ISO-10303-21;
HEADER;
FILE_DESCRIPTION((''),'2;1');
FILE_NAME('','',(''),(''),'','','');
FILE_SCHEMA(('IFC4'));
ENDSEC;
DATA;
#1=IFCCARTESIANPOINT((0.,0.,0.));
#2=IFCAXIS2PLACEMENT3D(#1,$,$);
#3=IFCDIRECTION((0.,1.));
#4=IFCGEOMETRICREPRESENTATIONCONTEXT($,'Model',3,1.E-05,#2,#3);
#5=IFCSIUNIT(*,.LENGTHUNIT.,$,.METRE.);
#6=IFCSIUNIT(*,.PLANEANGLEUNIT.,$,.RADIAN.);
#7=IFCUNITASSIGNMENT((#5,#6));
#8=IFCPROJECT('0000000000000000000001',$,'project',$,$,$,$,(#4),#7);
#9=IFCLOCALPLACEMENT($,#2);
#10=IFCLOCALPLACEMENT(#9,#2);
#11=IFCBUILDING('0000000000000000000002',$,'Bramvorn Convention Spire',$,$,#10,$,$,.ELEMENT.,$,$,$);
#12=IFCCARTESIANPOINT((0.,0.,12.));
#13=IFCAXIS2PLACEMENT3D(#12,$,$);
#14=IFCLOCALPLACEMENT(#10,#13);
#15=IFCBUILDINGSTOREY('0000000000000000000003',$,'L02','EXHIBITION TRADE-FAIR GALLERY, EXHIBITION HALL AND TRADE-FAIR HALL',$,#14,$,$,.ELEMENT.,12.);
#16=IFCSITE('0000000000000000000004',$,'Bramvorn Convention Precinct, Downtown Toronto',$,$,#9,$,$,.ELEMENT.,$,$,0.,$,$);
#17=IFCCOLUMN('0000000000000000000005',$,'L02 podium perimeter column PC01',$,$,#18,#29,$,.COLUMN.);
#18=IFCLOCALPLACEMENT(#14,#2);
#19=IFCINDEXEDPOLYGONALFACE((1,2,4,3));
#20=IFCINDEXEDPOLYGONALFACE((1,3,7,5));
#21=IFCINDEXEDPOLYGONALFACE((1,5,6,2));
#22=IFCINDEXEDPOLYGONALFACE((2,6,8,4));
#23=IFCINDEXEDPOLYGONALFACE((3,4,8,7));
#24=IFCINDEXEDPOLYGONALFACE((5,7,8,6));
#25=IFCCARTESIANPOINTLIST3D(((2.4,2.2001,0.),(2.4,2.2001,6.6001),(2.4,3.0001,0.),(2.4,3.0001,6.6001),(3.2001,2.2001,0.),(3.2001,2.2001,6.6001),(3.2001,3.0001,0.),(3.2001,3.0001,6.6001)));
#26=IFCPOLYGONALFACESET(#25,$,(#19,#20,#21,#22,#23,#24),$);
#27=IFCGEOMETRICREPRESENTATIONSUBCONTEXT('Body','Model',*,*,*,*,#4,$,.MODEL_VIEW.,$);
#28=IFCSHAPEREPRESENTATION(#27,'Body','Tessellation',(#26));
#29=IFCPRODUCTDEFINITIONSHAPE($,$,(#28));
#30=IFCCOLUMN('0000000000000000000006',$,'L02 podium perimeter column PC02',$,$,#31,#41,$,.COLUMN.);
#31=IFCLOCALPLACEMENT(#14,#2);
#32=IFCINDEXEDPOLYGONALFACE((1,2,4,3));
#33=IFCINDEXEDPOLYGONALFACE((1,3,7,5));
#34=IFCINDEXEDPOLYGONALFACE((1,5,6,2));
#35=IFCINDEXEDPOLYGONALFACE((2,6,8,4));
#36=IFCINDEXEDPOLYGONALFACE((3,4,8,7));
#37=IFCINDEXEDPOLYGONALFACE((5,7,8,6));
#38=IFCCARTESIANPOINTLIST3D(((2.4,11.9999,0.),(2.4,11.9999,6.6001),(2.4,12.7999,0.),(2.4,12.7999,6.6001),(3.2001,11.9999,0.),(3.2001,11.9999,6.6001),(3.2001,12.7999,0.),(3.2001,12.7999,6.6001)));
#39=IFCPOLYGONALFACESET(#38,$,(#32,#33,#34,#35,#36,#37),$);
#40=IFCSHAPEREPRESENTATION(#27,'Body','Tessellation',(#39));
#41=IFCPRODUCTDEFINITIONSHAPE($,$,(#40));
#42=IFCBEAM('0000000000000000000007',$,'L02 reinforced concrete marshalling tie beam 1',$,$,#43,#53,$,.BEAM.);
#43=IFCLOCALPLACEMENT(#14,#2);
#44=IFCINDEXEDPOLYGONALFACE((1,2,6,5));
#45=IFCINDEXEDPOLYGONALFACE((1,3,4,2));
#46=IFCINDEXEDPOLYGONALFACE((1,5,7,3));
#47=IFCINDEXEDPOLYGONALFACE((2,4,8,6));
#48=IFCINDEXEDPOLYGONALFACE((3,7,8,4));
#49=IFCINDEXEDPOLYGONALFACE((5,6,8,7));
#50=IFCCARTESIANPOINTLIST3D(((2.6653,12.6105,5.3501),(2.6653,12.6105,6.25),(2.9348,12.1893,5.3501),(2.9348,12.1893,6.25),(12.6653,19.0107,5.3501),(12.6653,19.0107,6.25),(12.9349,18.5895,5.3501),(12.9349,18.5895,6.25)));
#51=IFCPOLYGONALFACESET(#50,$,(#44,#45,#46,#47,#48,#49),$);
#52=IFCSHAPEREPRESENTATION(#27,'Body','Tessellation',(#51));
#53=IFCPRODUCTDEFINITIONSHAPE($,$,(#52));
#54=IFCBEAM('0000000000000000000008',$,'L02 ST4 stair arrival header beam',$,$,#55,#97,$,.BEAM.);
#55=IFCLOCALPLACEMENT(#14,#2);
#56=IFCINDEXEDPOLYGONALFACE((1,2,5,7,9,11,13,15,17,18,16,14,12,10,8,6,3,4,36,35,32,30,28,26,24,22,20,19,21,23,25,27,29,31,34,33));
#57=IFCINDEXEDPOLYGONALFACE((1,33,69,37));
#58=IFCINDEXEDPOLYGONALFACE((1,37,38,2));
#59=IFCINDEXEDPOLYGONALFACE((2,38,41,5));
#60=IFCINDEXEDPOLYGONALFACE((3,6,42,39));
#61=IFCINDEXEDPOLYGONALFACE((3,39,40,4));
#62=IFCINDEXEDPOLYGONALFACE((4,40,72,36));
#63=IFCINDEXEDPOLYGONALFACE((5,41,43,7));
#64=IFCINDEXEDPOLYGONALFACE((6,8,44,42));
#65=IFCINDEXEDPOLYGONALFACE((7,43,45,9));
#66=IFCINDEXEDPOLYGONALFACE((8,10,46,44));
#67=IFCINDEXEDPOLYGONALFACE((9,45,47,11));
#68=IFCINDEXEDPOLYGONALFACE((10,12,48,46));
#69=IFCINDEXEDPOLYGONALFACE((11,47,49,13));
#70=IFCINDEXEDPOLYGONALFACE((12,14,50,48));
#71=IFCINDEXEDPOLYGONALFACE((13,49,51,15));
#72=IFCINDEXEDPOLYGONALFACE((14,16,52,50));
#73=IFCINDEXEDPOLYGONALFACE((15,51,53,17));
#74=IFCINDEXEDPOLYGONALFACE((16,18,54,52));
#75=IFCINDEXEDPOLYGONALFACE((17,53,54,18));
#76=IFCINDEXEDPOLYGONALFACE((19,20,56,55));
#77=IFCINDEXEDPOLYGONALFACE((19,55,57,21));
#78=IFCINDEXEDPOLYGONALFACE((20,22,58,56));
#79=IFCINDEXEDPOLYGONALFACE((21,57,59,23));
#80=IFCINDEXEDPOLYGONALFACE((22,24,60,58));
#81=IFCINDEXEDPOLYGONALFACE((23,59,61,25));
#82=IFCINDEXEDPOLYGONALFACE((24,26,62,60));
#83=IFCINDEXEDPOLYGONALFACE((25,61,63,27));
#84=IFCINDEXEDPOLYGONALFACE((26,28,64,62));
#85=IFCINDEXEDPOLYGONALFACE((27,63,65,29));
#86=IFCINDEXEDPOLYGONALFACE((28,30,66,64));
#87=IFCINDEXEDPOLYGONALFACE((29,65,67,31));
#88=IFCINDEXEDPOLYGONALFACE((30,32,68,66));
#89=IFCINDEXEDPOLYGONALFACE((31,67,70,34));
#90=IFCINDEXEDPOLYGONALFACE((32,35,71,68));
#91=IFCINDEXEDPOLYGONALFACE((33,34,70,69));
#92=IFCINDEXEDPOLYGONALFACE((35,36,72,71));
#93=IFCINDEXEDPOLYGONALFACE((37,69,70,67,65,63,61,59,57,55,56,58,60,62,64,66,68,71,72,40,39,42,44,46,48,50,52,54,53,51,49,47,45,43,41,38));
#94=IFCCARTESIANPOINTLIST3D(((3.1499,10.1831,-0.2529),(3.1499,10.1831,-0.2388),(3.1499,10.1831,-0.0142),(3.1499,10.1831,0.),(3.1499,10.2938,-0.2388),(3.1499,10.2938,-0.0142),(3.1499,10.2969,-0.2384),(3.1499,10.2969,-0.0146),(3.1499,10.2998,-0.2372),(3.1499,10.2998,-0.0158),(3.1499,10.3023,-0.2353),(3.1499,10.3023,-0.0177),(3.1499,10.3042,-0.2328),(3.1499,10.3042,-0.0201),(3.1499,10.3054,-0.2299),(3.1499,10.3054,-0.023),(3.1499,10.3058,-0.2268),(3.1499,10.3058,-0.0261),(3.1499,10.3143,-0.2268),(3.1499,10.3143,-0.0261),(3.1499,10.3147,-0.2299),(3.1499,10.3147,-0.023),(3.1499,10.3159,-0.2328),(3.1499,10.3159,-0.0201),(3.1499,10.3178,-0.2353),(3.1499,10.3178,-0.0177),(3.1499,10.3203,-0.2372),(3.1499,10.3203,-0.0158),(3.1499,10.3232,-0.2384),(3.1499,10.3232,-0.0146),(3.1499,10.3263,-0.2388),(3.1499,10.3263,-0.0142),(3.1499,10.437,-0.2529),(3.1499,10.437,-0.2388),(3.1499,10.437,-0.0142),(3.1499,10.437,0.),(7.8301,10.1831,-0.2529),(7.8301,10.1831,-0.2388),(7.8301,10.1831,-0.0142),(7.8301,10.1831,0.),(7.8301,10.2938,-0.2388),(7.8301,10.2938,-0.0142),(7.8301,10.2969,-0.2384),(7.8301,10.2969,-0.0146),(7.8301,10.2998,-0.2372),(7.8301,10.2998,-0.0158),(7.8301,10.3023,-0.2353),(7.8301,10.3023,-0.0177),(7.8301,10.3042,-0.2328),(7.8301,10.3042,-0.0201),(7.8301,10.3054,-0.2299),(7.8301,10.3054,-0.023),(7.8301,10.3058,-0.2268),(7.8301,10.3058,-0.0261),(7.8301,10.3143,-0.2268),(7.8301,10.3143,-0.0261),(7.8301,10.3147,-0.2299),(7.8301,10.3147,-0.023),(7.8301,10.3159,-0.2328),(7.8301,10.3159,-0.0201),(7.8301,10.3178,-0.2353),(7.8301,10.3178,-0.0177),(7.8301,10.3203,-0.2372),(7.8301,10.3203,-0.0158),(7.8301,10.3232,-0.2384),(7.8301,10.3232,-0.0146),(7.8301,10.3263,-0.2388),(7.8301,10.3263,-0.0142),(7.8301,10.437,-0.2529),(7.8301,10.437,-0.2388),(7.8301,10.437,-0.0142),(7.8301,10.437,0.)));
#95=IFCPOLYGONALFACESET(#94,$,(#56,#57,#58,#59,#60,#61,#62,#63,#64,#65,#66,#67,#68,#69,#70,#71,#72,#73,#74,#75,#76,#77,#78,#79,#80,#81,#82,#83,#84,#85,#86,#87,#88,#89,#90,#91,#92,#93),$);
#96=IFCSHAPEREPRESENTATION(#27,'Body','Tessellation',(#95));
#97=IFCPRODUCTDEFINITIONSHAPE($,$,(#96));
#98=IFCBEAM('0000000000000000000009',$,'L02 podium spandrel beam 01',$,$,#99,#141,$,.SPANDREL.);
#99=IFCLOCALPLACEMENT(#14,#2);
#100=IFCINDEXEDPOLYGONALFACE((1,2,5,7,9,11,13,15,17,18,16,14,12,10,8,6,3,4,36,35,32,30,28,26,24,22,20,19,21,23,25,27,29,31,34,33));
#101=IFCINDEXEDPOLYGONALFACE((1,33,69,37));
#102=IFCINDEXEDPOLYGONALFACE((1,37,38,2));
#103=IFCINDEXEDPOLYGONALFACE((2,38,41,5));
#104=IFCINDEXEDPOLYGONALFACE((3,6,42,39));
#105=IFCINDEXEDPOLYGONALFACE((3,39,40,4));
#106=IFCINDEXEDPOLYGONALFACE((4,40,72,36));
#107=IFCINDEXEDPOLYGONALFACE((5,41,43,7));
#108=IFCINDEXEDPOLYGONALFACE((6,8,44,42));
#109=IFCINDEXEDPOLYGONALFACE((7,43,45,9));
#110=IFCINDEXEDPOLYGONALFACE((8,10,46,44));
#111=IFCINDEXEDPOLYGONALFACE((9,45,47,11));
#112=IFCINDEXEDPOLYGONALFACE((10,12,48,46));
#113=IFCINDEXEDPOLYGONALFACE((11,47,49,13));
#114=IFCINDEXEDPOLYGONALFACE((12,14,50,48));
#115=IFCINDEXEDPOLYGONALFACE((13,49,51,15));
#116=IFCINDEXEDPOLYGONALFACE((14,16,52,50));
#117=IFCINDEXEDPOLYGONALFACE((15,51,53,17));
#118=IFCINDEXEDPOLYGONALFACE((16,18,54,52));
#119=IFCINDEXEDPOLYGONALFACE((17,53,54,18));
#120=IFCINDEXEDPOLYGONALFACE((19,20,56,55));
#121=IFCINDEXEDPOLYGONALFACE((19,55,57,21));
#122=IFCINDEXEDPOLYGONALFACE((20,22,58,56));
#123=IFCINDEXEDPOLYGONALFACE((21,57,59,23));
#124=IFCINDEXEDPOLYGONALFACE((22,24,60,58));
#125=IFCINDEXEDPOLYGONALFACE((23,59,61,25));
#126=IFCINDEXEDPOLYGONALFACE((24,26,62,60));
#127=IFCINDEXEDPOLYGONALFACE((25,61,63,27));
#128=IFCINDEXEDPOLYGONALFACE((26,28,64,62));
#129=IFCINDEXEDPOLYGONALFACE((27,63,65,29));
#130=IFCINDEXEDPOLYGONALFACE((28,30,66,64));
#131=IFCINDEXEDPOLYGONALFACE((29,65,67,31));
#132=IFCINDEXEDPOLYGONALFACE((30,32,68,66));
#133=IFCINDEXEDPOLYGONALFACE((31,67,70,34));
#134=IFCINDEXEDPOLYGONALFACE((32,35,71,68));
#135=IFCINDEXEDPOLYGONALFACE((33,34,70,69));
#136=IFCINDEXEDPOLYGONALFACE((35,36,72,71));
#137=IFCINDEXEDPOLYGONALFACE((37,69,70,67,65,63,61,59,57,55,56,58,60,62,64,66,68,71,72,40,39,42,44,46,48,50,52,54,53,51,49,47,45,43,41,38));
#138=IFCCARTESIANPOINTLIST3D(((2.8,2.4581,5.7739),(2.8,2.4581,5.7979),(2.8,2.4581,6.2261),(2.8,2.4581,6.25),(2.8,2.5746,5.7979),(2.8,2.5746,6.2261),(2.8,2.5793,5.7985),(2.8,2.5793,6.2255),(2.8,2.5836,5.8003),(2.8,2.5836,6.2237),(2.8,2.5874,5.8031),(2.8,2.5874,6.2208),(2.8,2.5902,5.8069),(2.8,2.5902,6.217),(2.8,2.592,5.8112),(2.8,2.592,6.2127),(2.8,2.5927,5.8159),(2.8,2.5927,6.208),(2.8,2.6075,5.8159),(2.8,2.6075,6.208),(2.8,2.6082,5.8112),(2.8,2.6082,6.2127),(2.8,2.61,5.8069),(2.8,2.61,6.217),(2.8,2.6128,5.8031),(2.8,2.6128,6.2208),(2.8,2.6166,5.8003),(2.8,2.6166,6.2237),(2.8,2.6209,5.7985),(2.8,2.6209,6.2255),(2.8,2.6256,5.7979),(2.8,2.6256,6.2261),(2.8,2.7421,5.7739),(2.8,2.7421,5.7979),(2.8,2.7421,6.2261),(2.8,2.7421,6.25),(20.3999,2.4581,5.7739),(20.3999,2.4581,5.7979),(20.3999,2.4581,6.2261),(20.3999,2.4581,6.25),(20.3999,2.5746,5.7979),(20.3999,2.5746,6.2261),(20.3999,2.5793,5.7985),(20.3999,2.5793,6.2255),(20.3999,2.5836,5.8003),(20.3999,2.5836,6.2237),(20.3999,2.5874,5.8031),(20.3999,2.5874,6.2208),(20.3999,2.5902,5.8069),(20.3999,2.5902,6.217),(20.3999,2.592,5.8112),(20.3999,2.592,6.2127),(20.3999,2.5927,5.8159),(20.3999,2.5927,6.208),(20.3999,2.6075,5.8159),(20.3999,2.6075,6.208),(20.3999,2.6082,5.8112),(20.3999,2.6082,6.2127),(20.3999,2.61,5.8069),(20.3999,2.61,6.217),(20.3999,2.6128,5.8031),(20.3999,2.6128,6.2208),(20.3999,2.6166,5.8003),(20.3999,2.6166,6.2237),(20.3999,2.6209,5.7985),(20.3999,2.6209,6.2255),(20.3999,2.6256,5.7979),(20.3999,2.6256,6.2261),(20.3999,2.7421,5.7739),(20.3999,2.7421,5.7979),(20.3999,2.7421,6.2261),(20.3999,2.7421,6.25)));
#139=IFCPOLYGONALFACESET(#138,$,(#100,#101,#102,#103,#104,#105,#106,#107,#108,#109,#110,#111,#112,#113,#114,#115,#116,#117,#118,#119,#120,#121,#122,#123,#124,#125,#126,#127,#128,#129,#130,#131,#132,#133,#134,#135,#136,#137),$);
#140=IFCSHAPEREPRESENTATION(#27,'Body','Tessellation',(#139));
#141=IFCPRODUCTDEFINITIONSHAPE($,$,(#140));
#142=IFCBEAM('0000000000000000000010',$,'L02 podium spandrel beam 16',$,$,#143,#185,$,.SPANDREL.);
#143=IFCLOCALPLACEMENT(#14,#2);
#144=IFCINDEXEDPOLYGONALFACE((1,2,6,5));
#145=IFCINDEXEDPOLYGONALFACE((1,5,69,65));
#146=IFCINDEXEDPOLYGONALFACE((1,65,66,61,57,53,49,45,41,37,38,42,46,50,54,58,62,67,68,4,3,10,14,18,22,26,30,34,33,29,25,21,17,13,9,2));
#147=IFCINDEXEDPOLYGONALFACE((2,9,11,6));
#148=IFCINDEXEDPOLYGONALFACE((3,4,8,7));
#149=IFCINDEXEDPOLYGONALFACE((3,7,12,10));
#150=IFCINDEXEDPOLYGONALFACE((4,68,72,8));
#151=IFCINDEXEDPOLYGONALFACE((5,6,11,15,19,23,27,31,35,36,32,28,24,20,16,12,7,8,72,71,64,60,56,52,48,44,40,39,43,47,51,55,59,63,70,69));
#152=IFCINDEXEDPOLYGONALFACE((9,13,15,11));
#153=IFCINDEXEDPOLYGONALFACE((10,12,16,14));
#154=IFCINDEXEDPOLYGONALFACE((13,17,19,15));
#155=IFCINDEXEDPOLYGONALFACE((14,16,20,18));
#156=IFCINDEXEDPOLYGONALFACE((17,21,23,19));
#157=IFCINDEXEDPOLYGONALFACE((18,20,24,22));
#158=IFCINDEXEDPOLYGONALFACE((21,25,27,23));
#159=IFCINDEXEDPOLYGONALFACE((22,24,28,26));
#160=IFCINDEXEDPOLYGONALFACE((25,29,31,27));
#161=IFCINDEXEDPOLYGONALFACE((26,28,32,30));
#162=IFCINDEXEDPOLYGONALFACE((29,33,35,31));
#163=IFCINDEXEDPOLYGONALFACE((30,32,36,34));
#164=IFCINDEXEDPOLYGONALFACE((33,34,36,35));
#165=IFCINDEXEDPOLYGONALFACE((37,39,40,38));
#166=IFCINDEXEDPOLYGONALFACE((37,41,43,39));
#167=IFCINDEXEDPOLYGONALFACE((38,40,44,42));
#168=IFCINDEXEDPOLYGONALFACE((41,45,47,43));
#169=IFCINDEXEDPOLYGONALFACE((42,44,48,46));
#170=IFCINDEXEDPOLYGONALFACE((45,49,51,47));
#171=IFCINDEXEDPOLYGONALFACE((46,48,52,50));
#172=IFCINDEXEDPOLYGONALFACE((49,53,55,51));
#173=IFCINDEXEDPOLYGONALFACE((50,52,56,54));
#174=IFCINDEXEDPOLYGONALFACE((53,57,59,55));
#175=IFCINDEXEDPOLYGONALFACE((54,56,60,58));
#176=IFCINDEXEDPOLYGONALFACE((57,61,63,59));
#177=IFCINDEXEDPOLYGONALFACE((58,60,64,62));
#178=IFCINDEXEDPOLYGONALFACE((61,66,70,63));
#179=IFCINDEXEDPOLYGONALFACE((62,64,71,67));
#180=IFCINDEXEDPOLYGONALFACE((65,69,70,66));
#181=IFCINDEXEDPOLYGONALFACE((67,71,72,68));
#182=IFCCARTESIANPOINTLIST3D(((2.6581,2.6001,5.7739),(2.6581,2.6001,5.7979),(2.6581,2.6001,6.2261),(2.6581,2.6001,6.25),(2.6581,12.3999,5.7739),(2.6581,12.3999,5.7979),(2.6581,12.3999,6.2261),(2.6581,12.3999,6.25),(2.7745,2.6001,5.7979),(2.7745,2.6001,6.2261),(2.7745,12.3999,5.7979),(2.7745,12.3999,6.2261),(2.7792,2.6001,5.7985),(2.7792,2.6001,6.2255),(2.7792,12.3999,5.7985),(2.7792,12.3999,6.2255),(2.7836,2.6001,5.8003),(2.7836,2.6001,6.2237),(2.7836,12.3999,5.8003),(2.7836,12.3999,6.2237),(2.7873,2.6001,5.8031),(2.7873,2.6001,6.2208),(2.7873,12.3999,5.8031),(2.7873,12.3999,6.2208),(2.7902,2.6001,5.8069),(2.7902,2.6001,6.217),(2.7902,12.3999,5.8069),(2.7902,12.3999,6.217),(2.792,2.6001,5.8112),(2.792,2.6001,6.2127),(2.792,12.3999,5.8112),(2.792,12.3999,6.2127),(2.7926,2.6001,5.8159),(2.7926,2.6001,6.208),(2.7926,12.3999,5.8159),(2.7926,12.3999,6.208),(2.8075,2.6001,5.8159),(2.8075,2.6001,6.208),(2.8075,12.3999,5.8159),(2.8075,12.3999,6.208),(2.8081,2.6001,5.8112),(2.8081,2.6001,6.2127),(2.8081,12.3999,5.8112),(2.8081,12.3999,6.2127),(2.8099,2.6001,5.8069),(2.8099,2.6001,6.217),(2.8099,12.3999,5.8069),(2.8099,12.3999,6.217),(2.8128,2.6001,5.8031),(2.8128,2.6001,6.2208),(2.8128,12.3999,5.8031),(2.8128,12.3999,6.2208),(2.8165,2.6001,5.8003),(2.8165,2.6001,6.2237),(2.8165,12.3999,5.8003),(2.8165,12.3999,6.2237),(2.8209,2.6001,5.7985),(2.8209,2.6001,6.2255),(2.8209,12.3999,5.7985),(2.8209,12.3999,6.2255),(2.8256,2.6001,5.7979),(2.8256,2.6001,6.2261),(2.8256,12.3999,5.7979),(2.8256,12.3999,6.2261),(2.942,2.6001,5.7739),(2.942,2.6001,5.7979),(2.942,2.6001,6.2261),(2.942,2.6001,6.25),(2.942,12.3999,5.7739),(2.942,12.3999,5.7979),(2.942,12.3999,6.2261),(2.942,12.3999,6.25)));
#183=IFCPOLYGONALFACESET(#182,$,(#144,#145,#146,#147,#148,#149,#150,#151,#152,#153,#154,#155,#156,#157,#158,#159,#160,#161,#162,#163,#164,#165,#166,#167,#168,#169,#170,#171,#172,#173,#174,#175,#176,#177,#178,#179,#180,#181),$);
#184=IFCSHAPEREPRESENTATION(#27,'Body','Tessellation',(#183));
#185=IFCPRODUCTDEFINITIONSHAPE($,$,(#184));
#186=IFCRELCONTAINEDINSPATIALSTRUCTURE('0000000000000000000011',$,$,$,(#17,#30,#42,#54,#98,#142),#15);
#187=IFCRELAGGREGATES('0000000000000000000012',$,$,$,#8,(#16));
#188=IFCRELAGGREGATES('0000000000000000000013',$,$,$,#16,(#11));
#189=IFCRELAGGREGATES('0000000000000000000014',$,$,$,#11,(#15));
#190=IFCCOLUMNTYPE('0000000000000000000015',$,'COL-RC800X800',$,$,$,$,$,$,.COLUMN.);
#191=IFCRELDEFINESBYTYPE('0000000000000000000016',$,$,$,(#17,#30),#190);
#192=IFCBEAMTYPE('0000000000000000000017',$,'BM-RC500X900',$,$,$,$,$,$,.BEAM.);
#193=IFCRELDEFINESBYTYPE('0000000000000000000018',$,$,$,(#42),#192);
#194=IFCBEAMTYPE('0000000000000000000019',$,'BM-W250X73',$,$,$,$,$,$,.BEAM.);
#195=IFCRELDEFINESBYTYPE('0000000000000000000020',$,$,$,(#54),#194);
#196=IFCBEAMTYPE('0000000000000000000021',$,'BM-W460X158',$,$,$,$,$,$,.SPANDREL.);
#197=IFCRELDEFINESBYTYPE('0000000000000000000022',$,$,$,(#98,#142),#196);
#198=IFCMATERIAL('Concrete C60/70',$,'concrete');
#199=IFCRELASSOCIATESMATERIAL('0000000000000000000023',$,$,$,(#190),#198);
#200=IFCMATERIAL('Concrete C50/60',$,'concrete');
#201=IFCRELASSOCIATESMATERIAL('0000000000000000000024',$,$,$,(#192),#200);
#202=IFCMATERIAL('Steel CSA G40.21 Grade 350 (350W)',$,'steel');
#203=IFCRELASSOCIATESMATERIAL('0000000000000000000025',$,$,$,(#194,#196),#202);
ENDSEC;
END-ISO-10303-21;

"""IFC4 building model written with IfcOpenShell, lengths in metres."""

from ifc_helpers import new_model, si_unit, direction, frame, origin, origin_2d, place, context, subcontext, project, spatial, rectangle, i_section, extrude, material, material_profile, profile_set, type_object, element, save


model = new_model("IFC4")

# Units and contexts
model_context = context("Model", 3, precision=1e-05, world=origin(), true_north=direction((0.0, 1.0)))
body_context = subcontext(model_context, "Body", "Model", "MODEL_VIEW")
ifc_project = project(units=[si_unit("LENGTHUNIT", "METRE"), si_unit("PLANEANGLEUNIT", "RADIAN")], contexts=[model_context])

# Site, building, storey
site_placement = place(None, origin())
site = spatial("IfcSite", under=ifc_project, at=site_placement, Name="Bramvorn Convention Precinct, Downtown Toronto", CompositionType="ELEMENT", RefElevation=0.0)
building_placement = place(site_placement, origin())
building = spatial("IfcBuilding", under=site, at=building_placement, Name="Bramvorn Convention Spire", CompositionType="ELEMENT")
storey_placement = place(building_placement, frame((0.0, 0.0, 12.0)))
storey = spatial("IfcBuildingStorey", under=building, at=storey_placement, Name="L02", Description="EXHIBITION TRADE-FAIR GALLERY, EXHIBITION HALL AND TRADE-FAIR HALL", CompositionType="ELEMENT", Elevation=12.0)

# Columns
ifc_material_1 = material(Name="Concrete C60/70", Category="concrete")
ifc_material_profile_1 = material_profile(ifc_material_1, rectangle(XDim=0.8, YDim=0.8, at=origin_2d()))
ifc_profile_set_1 = profile_set([ifc_material_profile_1], Name="Concrete C60/70 - RC800X800")
column_type = type_object("IfcColumnType", Name="COL-RC800X800", PredefinedType="COLUMN", material=ifc_profile_set_1)
for number, where, z_axis, x_axis, name in (
    (1, (2.8, 2.6001, 0.0), (0.0, 0.0, 1.0), (1.0, 0.0, 0.0), "L02 podium perimeter column PC01"),
    (2, (2.8, 12.3999, 0.0), (0.0, 0.0, 1.0), (1.0, 0.0, 0.0), "L02 podium perimeter column PC02"),
):
    element("IfcColumn", number, at=place(storey_placement, frame(where, z_axis=z_axis, x_axis=x_axis)), inside=storey, type_object=column_type, Name=name, PredefinedType="COLUMN", context=body_context, shape_type="SweptSolid", body=[
        extrude(rectangle(XDim=0.8, YDim=0.8, at=origin_2d()), origin(), (0.0, 0.0, 1.0), 6.6001),
    ])

# Beams
ifc_material_2 = material(Name="Concrete C50/60", Category="concrete")
ifc_material_profile_2 = material_profile(ifc_material_2, rectangle(XDim=0.5, YDim=0.8999, at=origin_2d()))
ifc_profile_set_2 = profile_set([ifc_material_profile_2], Name="Concrete C50/60 - RC500X900")
beam_type_1 = type_object("IfcBeamType", Name="BM-RC500X900", PredefinedType="BEAM", material=ifc_profile_set_2)
beam_1_placement = place(storey_placement, frame((2.8, 12.3999, 5.8), z_axis=(0.842266, 0.539062, 0.0), x_axis=(-0.539062, 0.842266, 0.0)))
element("IfcBeam", 3, at=beam_1_placement, inside=storey, type_object=beam_type_1, Name="L02 reinforced concrete marshalling tie beam 1", PredefinedType="BEAM", context=body_context, shape_type="SweptSolid", body=[
    extrude(rectangle(XDim=0.5, YDim=0.8999, at=origin_2d()), origin(), (0.0, 0.0, 1.0), 11.8728),
])
ifc_material_3 = material(Name="Steel CSA G40.21 Grade 350 (350W)", Category="steel")
ifc_material_profile_3 = material_profile(ifc_material_3, i_section(OverallWidth=0.2539, OverallDepth=0.2529, WebThickness=0.0085, FlangeThickness=0.0142, FilletRadius=0.012, at=origin_2d()))
ifc_profile_set_3 = profile_set([ifc_material_profile_3], Name="Steel CSA G40.21 Grade 350 (350W) - W250X73")
beam_type_2 = type_object("IfcBeamType", Name="BM-W250X73", PredefinedType="BEAM", material=ifc_profile_set_3)
beam_2_placement = place(storey_placement, frame((3.1499, 10.3101, -0.1265), z_axis=(1.0, 0.0, 0.0), x_axis=(0.0, 1.0, 0.0)))
element("IfcBeam", 4, at=beam_2_placement, inside=storey, type_object=beam_type_2, Name="L02 ST4 stair arrival header beam", PredefinedType="BEAM", context=body_context, shape_type="SweptSolid", body=[
    extrude(i_section(OverallWidth=0.2539, OverallDepth=0.2529, WebThickness=0.0085, FlangeThickness=0.0142, FilletRadius=0.012, at=origin_2d()), origin(), (0.0, 0.0, 1.0), 4.6802),
])
ifc_material_profile_4 = material_profile(ifc_material_3, i_section(OverallWidth=0.2839, OverallDepth=0.4761, WebThickness=0.0149, FlangeThickness=0.0239, FilletRadius=0.0181, at=origin_2d()))
ifc_profile_set_4 = profile_set([ifc_material_profile_4], Name="Steel CSA G40.21 Grade 350 (350W) - W460X158")
beam_type_3 = type_object("IfcBeamType", Name="BM-W460X158", PredefinedType="SPANDREL", material=ifc_profile_set_4)
beam_3_placement = place(storey_placement, frame((2.8, 2.6001, 6.012), z_axis=(1.0, 0.0, 0.0), x_axis=(0.0, 1.0, 0.0)))
element("IfcBeam", 5, at=beam_3_placement, inside=storey, type_object=beam_type_3, Name="L02 podium spandrel beam 01", PredefinedType="SPANDREL", context=body_context, shape_type="SweptSolid", body=[
    extrude(i_section(OverallWidth=0.2839, OverallDepth=0.4761, WebThickness=0.0149, FlangeThickness=0.0239, FilletRadius=0.0181, at=origin_2d()), origin(), (0.0, 0.0, 1.0), 17.5999),
])
beam_4_placement = place(storey_placement, frame((2.8, 12.3999, 6.012), z_axis=(0.0, -1.0, 0.0), x_axis=(1.0, 0.0, 0.0)))
element("IfcBeam", 6, at=beam_4_placement, inside=storey, type_object=beam_type_3, Name="L02 podium spandrel beam 16", PredefinedType="SPANDREL", context=body_context, shape_type="SweptSolid", body=[
    extrude(i_section(OverallWidth=0.2839, OverallDepth=0.4761, WebThickness=0.0149, FlangeThickness=0.0239, FilletRadius=0.0181, at=origin_2d()), origin(), (0.0, 0.0, 1.0), 9.7998),
])

save(model, "model.ifc")
